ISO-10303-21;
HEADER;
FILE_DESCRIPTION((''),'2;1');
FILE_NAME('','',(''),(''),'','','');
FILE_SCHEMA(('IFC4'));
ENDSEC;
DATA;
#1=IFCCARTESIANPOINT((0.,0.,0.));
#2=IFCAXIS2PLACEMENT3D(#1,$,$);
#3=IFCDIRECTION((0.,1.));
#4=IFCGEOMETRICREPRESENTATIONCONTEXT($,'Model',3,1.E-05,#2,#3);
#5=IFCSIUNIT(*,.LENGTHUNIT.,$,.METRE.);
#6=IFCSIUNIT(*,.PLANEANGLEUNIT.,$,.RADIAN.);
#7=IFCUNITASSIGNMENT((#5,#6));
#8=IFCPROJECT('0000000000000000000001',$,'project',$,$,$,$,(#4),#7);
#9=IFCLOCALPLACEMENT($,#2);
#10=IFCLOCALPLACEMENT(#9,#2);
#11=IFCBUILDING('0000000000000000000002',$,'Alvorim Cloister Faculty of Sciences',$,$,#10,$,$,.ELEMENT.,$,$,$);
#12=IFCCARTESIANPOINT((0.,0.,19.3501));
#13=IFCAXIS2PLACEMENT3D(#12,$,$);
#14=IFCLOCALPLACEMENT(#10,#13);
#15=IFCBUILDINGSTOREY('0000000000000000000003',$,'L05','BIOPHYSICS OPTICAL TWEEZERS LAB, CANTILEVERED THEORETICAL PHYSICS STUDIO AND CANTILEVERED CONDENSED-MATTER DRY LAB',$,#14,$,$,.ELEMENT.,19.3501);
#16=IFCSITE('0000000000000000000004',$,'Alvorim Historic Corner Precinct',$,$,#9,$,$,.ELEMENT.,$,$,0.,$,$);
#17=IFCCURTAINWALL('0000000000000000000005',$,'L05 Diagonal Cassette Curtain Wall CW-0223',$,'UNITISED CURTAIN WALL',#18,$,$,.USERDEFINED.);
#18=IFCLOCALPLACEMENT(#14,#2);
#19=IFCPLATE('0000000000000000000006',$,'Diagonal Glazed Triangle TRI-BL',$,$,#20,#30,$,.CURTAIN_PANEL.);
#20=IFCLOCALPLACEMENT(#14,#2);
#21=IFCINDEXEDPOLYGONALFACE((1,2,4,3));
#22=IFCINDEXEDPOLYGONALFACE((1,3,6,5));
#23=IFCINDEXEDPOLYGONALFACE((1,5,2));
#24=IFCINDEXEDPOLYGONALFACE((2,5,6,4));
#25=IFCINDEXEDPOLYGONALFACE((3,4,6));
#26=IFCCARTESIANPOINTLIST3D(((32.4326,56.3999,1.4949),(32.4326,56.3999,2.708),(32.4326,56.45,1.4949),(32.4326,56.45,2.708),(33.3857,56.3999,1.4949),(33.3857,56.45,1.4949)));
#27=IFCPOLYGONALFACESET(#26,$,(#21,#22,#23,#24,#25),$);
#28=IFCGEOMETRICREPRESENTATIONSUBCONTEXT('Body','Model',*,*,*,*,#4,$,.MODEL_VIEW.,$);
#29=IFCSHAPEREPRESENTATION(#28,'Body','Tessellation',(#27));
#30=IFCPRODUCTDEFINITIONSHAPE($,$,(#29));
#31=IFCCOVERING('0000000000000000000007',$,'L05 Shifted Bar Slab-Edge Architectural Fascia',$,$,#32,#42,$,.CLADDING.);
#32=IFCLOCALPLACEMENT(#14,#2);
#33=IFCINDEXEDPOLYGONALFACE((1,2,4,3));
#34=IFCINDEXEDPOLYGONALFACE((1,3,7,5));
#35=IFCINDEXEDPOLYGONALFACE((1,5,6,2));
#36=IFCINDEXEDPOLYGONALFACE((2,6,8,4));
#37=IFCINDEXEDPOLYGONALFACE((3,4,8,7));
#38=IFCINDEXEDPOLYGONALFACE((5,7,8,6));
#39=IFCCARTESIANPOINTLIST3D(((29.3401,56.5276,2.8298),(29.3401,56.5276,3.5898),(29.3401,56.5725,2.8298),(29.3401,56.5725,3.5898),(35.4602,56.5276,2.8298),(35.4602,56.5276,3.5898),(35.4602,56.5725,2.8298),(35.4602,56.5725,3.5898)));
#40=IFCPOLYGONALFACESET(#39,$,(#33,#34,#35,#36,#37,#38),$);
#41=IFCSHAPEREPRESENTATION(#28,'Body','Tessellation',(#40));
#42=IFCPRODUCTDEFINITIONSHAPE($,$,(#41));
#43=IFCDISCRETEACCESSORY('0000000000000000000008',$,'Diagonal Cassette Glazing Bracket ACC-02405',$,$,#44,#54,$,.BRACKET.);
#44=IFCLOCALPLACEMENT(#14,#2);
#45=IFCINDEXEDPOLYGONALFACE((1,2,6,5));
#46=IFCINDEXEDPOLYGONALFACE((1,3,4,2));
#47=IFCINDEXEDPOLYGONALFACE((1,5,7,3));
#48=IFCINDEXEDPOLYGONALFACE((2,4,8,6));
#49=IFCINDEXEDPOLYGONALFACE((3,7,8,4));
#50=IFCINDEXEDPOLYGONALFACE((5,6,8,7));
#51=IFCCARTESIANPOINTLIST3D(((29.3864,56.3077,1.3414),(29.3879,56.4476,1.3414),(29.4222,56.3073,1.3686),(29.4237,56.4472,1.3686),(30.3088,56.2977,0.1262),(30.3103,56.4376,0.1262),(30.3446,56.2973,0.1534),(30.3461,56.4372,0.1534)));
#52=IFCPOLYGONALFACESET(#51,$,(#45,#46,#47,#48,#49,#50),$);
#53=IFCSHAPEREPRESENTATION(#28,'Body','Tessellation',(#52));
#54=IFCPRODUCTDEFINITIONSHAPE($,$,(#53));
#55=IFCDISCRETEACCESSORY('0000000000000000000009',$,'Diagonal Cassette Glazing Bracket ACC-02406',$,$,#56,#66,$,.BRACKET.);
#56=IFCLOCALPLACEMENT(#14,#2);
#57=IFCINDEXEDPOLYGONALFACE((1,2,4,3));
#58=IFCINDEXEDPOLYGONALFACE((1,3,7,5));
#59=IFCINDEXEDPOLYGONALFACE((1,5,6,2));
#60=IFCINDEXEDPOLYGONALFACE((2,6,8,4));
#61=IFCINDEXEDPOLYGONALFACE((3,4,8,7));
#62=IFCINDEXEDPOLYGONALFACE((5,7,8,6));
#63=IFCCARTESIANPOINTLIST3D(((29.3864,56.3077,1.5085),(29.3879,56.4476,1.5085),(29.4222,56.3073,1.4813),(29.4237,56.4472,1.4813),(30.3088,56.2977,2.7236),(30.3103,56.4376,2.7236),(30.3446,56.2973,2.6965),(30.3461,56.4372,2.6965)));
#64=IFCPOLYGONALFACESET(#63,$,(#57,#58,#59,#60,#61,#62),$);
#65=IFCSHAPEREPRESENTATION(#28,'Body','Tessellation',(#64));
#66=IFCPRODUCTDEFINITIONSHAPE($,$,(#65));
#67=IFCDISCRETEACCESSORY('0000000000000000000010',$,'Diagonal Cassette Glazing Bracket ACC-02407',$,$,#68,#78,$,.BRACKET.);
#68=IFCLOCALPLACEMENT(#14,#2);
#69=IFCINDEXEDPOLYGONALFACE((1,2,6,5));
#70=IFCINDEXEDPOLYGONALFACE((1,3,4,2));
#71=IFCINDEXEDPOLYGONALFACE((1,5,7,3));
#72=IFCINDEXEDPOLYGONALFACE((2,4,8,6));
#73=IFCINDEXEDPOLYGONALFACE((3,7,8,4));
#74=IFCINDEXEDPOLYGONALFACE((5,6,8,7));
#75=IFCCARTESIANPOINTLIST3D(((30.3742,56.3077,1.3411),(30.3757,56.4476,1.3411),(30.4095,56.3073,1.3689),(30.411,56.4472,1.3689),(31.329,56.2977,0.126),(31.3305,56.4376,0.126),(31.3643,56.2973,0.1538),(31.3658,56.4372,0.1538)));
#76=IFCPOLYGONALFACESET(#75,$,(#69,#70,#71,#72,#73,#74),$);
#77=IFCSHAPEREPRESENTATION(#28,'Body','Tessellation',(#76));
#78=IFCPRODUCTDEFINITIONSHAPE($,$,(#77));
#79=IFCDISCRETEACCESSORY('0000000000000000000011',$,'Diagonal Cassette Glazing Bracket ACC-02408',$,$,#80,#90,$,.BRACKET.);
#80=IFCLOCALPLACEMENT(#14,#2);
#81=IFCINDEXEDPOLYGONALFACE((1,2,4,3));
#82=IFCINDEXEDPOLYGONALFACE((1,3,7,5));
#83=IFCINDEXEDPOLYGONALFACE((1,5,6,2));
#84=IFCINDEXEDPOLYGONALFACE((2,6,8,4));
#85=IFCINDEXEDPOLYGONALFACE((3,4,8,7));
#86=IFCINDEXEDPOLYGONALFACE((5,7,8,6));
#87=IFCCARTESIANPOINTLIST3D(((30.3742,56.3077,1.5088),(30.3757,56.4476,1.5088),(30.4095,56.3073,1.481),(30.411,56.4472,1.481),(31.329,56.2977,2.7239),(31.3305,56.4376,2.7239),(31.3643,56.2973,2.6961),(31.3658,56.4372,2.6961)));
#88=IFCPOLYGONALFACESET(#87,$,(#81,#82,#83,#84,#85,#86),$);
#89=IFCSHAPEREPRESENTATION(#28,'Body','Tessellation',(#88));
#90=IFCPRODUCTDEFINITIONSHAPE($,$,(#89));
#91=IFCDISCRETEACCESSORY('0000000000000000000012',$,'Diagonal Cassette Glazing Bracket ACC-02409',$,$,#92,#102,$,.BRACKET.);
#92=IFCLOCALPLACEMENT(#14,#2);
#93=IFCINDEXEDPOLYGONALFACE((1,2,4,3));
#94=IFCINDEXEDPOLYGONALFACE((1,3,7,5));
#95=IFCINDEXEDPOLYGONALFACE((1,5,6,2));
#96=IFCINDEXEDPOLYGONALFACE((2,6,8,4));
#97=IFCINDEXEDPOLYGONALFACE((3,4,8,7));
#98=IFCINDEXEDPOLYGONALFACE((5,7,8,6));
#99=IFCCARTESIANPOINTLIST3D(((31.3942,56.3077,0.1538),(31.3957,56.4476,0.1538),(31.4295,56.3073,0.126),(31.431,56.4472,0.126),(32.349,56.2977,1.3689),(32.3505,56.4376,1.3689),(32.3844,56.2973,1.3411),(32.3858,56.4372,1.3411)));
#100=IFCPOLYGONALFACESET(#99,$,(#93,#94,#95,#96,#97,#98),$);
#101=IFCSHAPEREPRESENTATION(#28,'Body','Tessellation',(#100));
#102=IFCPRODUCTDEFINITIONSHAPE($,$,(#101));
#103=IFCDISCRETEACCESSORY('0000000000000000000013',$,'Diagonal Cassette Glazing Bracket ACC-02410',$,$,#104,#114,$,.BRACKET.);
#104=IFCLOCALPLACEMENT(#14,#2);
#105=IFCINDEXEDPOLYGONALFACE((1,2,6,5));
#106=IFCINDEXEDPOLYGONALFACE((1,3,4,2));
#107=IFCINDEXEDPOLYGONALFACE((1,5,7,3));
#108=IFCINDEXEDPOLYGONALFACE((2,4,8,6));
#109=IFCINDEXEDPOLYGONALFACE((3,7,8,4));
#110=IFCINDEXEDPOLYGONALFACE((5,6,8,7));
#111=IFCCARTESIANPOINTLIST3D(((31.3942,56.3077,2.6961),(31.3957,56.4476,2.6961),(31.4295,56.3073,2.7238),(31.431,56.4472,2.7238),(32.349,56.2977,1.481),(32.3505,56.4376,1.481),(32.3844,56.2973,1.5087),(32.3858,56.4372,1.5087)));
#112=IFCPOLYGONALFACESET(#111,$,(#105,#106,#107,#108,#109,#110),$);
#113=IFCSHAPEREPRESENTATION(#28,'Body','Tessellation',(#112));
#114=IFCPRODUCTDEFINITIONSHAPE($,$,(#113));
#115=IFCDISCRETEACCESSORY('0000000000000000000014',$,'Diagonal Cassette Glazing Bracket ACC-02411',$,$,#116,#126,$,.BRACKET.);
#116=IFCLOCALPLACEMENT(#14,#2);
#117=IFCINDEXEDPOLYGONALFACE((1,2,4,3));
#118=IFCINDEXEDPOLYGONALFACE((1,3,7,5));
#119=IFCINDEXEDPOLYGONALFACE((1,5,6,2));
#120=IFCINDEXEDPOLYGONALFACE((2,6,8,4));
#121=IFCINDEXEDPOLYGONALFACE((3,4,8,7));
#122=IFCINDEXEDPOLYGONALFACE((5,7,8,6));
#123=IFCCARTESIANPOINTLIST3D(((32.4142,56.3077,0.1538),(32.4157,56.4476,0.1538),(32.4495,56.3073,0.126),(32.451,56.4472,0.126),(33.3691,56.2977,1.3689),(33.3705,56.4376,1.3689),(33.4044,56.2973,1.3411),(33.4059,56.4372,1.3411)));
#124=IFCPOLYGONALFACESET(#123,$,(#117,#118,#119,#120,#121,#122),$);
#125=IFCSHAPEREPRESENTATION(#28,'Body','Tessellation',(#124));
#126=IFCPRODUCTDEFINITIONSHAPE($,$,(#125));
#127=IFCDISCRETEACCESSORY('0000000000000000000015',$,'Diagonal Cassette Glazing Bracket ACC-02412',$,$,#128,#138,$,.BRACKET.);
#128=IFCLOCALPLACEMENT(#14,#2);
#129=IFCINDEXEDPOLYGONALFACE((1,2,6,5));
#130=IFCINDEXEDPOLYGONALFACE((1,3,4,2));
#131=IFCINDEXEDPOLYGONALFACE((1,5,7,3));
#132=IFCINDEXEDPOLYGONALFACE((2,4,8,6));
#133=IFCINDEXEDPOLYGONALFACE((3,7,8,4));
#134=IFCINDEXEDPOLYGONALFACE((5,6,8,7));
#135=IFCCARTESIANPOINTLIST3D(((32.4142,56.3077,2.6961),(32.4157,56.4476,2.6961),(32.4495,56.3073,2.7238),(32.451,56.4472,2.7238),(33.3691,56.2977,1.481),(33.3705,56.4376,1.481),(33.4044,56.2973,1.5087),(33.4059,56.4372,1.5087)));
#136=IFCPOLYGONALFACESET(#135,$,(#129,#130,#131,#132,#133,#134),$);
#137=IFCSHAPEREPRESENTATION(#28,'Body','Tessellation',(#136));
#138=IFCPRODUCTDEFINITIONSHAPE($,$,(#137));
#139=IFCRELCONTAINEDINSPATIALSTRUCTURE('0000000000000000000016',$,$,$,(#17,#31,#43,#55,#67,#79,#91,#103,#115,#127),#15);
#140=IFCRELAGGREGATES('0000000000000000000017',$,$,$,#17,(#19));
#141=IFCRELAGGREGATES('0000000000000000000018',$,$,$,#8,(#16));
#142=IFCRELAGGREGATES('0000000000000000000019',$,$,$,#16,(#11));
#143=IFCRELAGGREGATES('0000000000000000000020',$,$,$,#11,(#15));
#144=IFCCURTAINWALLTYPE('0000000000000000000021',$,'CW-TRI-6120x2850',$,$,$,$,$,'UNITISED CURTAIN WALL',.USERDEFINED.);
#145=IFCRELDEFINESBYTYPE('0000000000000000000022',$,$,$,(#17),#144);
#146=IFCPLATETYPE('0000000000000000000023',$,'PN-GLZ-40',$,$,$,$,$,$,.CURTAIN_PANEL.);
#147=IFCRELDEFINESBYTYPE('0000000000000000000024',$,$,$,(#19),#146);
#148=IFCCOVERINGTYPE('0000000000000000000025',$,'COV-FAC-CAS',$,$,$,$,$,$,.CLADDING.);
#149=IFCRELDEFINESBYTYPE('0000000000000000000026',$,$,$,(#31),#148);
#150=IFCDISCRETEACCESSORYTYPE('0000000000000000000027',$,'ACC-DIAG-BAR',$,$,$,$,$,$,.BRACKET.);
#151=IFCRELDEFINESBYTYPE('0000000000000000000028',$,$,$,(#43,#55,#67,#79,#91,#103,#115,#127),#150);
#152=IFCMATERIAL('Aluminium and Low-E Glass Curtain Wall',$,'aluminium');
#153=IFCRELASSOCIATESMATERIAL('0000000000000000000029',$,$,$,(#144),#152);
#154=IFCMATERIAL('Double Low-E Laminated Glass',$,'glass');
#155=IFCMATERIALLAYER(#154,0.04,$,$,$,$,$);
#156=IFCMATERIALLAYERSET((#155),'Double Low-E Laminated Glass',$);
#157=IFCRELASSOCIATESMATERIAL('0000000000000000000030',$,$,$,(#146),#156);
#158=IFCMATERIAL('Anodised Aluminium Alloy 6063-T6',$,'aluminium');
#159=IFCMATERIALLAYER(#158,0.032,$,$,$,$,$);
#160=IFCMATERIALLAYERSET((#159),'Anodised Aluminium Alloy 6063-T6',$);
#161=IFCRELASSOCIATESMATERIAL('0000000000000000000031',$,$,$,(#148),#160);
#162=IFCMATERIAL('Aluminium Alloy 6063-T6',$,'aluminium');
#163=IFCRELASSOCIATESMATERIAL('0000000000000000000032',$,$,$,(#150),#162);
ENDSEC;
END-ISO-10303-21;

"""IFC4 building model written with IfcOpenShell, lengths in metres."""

from ifc_helpers import new_model, si_unit, direction, frame, origin, origin_2d, place, context, subcontext, project, spatial, polyline, rectangle, outline, extrude, material, layer, layer_set, type_object, element, aggregate, save


model = new_model("IFC4")

# Units and contexts
model_context = context("Model", 3, precision=1e-05, world=origin(), true_north=direction((0.0, 1.0)))
body_context = subcontext(model_context, "Body", "Model", "MODEL_VIEW")
ifc_project = project(units=[si_unit("LENGTHUNIT", "METRE"), si_unit("PLANEANGLEUNIT", "RADIAN")], contexts=[model_context])

# Site, building, storey
site_placement = place(None, origin())
site = spatial("IfcSite", under=ifc_project, at=site_placement, Name="Alvorim Historic Corner Precinct", CompositionType="ELEMENT", RefElevation=0.0)
building_placement = place(site_placement, origin())
building = spatial("IfcBuilding", under=site, at=building_placement, Name="Alvorim Cloister Faculty of Sciences", CompositionType="ELEMENT")
storey_placement = place(building_placement, frame((0.0, 0.0, 19.3501)))
storey = spatial("IfcBuildingStorey", under=building, at=storey_placement, Name="L05", Description="BIOPHYSICS OPTICAL TWEEZERS LAB, CANTILEVERED THEORETICAL PHYSICS STUDIO AND CANTILEVERED CONDENSED-MATTER DRY LAB", CompositionType="ELEMENT", Elevation=19.3501)

# Curtain wall, plate
ifc_material_1 = material(Name="Aluminium and Low-E Glass Curtain Wall", Category="aluminium")
curtain_wall_type = type_object("IfcCurtainWallType", Name="CW-TRI-6120x2850", ElementType="UNITISED CURTAIN WALL", PredefinedType="USERDEFINED", material=ifc_material_1)
curtain_wall_placement = place(storey_placement, origin())
curtain_wall = element("IfcCurtainWall", 1, at=curtain_wall_placement, inside=storey, type_object=curtain_wall_type, Name="L05 Diagonal Cassette Curtain Wall CW-0223", ObjectType="UNITISED CURTAIN WALL", PredefinedType="USERDEFINED")
ifc_material_2 = material(Name="Aluminium Alloy 6063-T6", Category="aluminium")
ifc_material_3 = material(Name="Double Low-E Laminated Glass", Category="glass")
ifc_layer_1 = layer(ifc_material_3, 0.04)
ifc_layer_set_1 = layer_set([ifc_layer_1], Name="Double Low-E Laminated Glass")
plate_type = type_object("IfcPlateType", Name="PN-GLZ-40", PredefinedType="CURTAIN_PANEL", material=ifc_layer_set_1)
plate_1_placement = place(storey_placement, frame((32.4326, 56.425, 1.4949), z_axis=(0.0, 0.0, 1.0), x_axis=(1.0, 0.0, 0.0)))
plate_1 = element("IfcPlate", 2, at=plate_1_placement, type_object=plate_type, Name="Diagonal Glazed Triangle TRI-BL", PredefinedType="CURTAIN_PANEL", context=body_context, shape_type="SweptSolid", body=[
    extrude(outline(polyline([(0.0, 0.0), (0.9531, 0.0), (0.0, 1.2131), (0.0, 0.0)])), frame((0.0, 0.0249, 0.0), z_axis=(0.0, -1.0, 0.0), x_axis=(1.0, 0.0, 0.0)), (0.0, 0.0, 1.0), 0.05),
])
aggregate(curtain_wall, [plate_1])

# Covering
ifc_material_4 = material(Name="Anodised Aluminium Alloy 6063-T6", Category="aluminium")
ifc_layer_2 = layer(ifc_material_4, 0.032)
ifc_layer_set_2 = layer_set([ifc_layer_2], Name="Anodised Aluminium Alloy 6063-T6")
covering_type = type_object("IfcCoveringType", Name="COV-FAC-CAS", PredefinedType="CLADDING", material=ifc_layer_set_2)
covering_placement = place(storey_placement, frame((29.3401, 56.55, 2.8298), z_axis=(0.0, 0.0, 1.0), x_axis=(1.0, 0.0, 0.0)))
element("IfcCovering", 3, at=covering_placement, inside=storey, type_object=covering_type, Name="L05 Shifted Bar Slab-Edge Architectural Fascia", PredefinedType="CLADDING", context=body_context, shape_type="SweptSolid", body=[
    extrude(outline(polyline([(0.0, 0.0), (6.1201, 0.0), (6.1201, 0.76), (0.0, 0.76), (0.0, 0.0)])), frame((0.0, 0.0225, 0.0), z_axis=(0.0, -1.0, 0.0), x_axis=(1.0, 0.0, 0.0)), (0.0, 0.0, 1.0), 0.0449),
])

# Discrete accessories
discrete_accessory_type = type_object("IfcDiscreteAccessoryType", Name="ACC-DIAG-BAR", PredefinedType="BRACKET", material=ifc_material_2)
for number, where, z_axis, x_axis, name in (
    (4, (29.405, 56.3774, 1.355), (0.604612, -0.006561, -0.796493), (0.010852, 0.999941, 0.0), "Diagonal Cassette Glazing Bracket ACC-02405"),
    (5, (29.405, 56.3774, 1.4949), (0.604612, -0.006561, 0.796493), (0.010852, 0.999941, 0.0), "Diagonal Cassette Glazing Bracket ACC-02406"),
):
    element("IfcDiscreteAccessory", number, at=place(storey_placement, frame(where, z_axis=z_axis, x_axis=x_axis)), inside=storey, type_object=discrete_accessory_type, Name=name, PredefinedType="BRACKET", context=body_context, shape_type="SweptSolid", body=[
        extrude(rectangle(XDim=0.1399, YDim=0.0449, at=origin_2d()), origin(), (0.0, 0.0, 1.0), 1.5256),
    ])
for number, where, z_axis, x_axis, name in (
    (6, (30.3926, 56.3774, 1.355), (0.617857, -0.006477, -0.786263), (0.010483, 0.999945, 0.0), "Diagonal Cassette Glazing Bracket ACC-02407"),
    (7, (30.3926, 56.3774, 1.4949), (0.617857, -0.006477, 0.786263), (0.010483, 0.999945, 0.0), "Diagonal Cassette Glazing Bracket ACC-02408"),
    (8, (31.4126, 56.3774, 0.1399), (0.617857, -0.006477, 0.786263), (0.010483, 0.999945, 0.0), "Diagonal Cassette Glazing Bracket ACC-02409"),
    (9, (31.4126, 56.3774, 2.71), (0.617857, -0.006477, -0.786263), (0.010483, 0.999945, 0.0), "Diagonal Cassette Glazing Bracket ACC-02410"),
    (10, (32.4326, 56.3774, 0.1399), (0.617857, -0.006477, 0.786263), (0.010483, 0.999945, 0.0), "Diagonal Cassette Glazing Bracket ACC-02411"),
    (11, (32.4326, 56.3774, 2.71), (0.617857, -0.006477, -0.786263), (0.010483, 0.999945, 0.0), "Diagonal Cassette Glazing Bracket ACC-02412"),
):
    element("IfcDiscreteAccessory", number, at=place(storey_placement, frame(where, z_axis=z_axis, x_axis=x_axis)), inside=storey, type_object=discrete_accessory_type, Name=name, PredefinedType="BRACKET", context=body_context, shape_type="SweptSolid", body=[
        extrude(rectangle(XDim=0.1399, YDim=0.0449, at=origin_2d()), origin(), (0.0, 0.0, 1.0), 1.5454),
    ])

save(model, "model.ifc")
